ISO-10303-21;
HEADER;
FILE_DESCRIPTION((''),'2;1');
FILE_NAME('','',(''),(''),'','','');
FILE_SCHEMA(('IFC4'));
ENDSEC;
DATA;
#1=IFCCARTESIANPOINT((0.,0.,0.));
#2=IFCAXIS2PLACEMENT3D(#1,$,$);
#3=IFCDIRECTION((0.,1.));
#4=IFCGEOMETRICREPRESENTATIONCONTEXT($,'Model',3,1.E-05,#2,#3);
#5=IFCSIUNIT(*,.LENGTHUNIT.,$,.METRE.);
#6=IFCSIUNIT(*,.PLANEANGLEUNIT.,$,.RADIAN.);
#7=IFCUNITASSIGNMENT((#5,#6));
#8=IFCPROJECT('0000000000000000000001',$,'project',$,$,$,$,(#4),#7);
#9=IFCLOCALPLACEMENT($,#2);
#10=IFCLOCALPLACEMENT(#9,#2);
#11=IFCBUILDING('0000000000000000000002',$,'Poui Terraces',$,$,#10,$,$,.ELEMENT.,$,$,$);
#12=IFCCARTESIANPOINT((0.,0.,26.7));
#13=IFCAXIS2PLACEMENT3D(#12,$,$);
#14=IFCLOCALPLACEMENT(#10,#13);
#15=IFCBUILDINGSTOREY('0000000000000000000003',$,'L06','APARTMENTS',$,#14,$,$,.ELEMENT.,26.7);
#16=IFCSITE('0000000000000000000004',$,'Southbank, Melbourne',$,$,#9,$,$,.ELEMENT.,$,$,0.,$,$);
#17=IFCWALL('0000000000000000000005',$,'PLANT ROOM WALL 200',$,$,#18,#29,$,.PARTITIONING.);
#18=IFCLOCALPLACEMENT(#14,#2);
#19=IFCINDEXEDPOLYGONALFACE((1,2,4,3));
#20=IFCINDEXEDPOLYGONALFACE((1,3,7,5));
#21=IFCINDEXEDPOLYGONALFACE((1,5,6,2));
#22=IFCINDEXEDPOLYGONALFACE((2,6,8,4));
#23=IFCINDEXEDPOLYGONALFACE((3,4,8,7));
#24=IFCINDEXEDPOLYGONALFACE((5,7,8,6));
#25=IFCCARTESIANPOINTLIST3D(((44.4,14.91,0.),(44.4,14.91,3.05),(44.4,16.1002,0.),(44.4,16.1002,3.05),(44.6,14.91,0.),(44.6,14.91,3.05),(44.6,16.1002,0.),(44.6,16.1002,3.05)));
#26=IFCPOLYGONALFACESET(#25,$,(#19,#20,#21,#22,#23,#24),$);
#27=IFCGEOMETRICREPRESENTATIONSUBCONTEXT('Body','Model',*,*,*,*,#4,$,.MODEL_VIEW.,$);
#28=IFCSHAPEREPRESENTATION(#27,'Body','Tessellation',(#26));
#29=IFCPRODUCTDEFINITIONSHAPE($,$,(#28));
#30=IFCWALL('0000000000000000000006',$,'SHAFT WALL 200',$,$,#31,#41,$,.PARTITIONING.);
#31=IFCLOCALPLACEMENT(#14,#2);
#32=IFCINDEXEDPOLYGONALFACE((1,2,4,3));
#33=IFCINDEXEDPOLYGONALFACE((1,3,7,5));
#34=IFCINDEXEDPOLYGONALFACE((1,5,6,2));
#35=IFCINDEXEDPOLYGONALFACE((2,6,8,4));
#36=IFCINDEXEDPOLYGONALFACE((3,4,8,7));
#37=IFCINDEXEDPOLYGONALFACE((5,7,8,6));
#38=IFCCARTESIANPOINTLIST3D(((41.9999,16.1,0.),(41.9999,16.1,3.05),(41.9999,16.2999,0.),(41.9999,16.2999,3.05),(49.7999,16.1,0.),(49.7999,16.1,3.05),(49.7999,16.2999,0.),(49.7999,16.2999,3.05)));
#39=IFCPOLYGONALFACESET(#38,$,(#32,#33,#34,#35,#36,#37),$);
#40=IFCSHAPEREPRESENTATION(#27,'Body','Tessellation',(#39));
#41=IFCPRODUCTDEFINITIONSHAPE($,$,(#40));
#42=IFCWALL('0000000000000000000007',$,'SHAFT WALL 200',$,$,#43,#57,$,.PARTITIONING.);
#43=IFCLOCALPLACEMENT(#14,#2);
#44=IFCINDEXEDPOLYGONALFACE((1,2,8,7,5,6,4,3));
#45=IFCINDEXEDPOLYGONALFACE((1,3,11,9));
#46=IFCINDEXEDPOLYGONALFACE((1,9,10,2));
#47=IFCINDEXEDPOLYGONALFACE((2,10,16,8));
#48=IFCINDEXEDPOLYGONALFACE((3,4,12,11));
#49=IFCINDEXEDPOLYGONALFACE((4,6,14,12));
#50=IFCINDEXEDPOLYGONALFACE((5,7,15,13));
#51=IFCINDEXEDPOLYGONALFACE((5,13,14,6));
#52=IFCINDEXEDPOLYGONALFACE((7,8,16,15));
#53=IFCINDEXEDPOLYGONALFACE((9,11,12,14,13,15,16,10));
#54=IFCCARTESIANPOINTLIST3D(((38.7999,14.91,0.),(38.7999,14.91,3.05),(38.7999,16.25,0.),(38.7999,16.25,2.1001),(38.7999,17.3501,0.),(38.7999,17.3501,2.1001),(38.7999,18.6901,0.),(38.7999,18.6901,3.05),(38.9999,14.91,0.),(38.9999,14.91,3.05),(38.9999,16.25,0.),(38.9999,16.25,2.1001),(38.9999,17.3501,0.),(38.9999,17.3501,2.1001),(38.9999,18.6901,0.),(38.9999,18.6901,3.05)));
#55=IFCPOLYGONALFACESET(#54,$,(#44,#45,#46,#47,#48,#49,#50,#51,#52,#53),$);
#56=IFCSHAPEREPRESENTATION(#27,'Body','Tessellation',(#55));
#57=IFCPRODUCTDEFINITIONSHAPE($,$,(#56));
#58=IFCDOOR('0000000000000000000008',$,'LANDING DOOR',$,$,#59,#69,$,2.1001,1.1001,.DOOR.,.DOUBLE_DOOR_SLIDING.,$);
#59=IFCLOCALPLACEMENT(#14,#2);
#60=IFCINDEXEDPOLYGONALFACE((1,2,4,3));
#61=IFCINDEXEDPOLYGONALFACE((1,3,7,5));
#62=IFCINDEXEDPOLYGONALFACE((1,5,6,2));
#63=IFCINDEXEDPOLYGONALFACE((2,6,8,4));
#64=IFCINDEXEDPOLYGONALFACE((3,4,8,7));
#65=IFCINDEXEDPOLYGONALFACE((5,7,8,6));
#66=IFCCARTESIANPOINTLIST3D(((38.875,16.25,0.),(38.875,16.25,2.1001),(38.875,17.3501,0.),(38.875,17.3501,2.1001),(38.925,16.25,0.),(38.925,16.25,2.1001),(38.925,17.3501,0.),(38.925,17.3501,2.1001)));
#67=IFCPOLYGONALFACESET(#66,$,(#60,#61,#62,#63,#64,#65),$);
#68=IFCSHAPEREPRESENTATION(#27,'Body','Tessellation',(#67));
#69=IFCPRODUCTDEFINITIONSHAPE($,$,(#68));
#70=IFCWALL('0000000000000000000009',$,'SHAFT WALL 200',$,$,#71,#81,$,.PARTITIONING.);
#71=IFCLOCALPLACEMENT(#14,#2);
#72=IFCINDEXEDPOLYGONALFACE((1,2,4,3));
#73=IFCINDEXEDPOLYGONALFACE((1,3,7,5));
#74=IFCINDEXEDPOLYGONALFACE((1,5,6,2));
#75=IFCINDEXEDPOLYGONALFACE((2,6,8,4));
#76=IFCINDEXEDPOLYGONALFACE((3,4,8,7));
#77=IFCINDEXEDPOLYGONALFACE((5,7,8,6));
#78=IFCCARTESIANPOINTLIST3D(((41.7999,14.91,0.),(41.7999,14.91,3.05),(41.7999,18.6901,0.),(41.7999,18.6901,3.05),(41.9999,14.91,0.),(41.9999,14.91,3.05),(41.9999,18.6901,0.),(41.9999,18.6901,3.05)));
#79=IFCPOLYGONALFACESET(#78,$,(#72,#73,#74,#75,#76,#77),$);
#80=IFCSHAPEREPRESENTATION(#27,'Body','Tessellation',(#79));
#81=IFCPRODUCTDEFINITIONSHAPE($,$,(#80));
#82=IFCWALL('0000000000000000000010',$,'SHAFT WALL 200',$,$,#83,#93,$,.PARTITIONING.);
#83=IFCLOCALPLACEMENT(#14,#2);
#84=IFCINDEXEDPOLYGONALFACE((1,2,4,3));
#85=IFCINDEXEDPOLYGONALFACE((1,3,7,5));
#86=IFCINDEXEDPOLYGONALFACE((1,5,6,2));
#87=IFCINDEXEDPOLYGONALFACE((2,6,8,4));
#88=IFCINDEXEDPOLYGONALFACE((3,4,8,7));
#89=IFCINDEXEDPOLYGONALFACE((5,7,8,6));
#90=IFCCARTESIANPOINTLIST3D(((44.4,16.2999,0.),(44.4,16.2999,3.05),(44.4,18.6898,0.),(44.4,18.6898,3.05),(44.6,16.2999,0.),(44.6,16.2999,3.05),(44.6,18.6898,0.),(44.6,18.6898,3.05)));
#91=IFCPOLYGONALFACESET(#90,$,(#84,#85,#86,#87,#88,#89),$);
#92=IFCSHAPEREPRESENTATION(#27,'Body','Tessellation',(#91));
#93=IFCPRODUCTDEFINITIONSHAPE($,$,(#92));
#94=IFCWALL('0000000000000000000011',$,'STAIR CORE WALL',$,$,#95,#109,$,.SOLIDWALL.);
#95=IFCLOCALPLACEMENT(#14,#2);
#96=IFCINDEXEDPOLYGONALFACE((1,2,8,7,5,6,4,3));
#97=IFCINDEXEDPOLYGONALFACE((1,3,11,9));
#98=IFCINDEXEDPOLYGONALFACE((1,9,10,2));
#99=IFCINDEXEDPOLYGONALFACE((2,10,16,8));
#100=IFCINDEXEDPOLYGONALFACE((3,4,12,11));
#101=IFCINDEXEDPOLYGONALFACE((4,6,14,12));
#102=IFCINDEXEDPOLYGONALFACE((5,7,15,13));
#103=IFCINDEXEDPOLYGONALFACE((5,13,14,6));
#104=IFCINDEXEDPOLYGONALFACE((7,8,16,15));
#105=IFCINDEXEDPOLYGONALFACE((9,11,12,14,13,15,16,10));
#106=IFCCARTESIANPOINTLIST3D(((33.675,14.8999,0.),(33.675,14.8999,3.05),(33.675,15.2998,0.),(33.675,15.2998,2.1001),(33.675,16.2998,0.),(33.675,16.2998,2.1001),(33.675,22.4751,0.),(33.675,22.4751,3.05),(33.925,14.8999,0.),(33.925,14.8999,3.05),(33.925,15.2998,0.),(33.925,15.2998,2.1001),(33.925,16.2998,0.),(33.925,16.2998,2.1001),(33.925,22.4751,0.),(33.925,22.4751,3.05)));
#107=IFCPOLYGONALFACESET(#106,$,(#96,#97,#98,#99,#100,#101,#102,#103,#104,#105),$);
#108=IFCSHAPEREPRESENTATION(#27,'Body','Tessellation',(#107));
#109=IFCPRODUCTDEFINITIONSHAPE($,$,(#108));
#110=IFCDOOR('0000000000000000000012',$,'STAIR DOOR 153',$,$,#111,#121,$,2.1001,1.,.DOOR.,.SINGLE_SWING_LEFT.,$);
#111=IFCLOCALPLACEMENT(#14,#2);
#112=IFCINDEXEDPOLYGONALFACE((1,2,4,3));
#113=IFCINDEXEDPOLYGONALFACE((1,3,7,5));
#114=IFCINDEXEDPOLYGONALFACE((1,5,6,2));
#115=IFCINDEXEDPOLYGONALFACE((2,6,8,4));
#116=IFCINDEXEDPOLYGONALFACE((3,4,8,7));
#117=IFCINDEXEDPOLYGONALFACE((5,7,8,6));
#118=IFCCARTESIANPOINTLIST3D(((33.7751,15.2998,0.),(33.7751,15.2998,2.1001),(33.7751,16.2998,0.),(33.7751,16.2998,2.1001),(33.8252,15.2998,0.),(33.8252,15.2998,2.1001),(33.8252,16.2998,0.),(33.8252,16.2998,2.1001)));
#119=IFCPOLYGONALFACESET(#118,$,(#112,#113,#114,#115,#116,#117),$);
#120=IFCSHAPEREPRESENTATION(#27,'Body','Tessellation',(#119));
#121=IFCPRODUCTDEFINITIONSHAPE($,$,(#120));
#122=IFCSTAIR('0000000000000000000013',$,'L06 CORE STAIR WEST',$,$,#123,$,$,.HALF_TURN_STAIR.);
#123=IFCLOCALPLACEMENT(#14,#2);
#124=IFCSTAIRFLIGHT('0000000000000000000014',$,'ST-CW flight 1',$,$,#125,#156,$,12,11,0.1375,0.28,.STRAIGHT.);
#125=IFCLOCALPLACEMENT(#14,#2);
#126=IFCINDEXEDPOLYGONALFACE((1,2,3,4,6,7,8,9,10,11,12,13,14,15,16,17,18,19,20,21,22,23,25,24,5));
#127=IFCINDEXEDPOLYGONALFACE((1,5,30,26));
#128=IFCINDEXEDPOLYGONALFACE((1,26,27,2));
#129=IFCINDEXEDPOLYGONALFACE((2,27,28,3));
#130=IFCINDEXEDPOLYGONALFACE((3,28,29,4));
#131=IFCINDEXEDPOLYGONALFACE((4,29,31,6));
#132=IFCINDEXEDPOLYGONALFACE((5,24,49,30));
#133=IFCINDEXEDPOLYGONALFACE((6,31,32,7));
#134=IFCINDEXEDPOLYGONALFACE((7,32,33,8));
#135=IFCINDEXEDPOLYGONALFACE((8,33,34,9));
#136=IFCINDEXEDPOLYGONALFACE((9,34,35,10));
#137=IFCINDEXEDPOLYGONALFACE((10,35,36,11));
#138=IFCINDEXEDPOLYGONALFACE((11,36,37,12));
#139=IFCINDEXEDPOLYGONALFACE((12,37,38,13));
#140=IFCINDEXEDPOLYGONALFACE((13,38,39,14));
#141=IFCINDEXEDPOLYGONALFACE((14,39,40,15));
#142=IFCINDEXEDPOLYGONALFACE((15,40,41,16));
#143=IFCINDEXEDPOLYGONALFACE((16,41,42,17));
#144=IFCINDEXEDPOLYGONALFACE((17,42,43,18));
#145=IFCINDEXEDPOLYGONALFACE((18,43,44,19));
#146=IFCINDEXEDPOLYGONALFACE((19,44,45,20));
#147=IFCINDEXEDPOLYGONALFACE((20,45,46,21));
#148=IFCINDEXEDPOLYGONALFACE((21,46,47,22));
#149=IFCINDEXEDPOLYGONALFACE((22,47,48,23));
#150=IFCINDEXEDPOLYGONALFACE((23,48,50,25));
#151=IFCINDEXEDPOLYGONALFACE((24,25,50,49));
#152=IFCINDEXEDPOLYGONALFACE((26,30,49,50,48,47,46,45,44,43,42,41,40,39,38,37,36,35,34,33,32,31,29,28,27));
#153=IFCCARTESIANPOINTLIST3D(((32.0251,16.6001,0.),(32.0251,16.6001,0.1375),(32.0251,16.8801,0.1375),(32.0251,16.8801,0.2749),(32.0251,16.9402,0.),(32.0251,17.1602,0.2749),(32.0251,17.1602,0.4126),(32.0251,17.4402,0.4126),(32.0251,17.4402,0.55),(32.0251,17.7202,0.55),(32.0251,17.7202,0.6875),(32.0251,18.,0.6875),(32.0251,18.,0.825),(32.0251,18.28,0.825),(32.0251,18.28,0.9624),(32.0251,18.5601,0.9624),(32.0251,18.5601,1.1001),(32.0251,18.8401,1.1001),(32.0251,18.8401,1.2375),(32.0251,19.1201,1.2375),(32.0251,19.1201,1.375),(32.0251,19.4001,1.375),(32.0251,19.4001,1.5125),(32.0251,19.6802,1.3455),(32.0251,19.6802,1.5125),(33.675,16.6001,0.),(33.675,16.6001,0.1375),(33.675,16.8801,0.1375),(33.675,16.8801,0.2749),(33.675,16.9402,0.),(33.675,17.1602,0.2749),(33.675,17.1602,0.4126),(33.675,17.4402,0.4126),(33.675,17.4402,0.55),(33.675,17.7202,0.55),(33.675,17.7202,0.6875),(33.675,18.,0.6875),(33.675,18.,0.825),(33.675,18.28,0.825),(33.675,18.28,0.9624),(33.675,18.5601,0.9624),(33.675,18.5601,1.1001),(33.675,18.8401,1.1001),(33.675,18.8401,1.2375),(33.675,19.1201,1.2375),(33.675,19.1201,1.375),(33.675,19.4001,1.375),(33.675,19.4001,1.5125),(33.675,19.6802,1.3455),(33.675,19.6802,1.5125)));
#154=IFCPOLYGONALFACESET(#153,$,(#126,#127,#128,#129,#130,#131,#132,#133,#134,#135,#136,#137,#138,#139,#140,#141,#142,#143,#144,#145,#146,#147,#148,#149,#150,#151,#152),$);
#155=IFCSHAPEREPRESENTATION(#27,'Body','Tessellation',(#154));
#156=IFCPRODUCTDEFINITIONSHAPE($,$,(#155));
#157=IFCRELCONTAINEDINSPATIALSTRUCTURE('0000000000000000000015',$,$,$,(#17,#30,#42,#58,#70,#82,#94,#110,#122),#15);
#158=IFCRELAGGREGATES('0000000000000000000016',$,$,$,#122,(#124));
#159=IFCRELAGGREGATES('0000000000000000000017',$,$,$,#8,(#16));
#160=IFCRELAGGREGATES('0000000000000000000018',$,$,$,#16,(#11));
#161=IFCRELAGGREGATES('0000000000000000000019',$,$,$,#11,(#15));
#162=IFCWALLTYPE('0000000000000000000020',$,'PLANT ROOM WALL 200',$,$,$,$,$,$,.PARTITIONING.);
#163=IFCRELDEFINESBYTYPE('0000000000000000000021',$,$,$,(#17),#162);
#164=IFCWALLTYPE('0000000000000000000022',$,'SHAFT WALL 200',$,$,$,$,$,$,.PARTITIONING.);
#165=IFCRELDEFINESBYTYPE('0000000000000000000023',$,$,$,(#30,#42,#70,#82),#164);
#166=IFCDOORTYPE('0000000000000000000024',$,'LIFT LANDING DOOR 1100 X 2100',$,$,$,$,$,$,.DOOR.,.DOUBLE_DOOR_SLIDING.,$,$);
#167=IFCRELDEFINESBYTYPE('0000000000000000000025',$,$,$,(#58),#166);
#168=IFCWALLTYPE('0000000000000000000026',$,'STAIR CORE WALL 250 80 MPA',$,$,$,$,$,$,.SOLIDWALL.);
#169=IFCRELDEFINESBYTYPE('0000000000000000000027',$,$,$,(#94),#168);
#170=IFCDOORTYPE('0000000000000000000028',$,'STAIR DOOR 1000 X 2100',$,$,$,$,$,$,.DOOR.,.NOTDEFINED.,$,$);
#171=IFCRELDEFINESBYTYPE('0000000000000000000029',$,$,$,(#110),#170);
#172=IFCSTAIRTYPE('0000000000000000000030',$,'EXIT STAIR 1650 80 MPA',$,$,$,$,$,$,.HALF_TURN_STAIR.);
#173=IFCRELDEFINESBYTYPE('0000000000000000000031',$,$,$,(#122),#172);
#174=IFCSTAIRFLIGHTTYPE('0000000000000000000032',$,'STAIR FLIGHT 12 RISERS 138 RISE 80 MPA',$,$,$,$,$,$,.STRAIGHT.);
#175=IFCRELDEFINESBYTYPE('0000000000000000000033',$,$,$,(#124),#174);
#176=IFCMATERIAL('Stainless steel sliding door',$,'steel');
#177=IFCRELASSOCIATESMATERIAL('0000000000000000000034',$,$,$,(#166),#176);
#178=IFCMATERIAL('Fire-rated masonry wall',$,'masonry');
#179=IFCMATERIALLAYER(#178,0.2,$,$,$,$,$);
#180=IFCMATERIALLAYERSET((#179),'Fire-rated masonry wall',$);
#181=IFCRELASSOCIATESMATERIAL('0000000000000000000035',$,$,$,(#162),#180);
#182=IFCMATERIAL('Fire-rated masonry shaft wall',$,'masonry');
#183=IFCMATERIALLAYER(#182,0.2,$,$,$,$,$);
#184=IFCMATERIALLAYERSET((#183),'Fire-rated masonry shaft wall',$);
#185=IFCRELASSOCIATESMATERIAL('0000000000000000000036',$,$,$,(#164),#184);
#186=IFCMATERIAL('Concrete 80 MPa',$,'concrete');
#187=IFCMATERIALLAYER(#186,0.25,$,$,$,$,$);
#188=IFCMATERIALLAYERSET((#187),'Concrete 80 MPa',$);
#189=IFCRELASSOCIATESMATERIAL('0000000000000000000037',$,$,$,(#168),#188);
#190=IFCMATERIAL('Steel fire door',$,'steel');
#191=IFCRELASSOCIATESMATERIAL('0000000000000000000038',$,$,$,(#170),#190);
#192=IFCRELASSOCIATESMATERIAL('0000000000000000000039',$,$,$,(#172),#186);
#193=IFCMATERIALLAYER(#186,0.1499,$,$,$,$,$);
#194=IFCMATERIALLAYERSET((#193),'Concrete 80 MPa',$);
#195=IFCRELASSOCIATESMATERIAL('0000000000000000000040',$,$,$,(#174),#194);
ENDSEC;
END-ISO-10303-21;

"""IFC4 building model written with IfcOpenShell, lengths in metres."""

from ifc_helpers import new_model, si_unit, direction, frame, frame_2d, origin, place, context, subcontext, project, spatial, polyline, rectangle, outline, extrude, material, layer, layer_set, type_object, element, fill, aggregate, save


model = new_model("IFC4")

# Units and contexts
model_context = context("Model", 3, precision=1e-05, world=origin(), true_north=direction((0.0, 1.0)))
body_context = subcontext(model_context, "Body", "Model", "MODEL_VIEW")
ifc_project = project(units=[si_unit("LENGTHUNIT", "METRE"), si_unit("PLANEANGLEUNIT", "RADIAN")], contexts=[model_context])

# Site, building, storey
site_placement = place(None, origin())
site = spatial("IfcSite", under=ifc_project, at=site_placement, Name="Southbank, Melbourne", CompositionType="ELEMENT", RefElevation=0.0)
building_placement = place(site_placement, origin())
building = spatial("IfcBuilding", under=site, at=building_placement, Name="Poui Terraces", CompositionType="ELEMENT")
storey_placement = place(building_placement, frame((0.0, 0.0, 26.7)))
storey = spatial("IfcBuildingStorey", under=building, at=storey_placement, Name="L06", Description="APARTMENTS", CompositionType="ELEMENT", Elevation=26.7)

# Shared definitions
ifc_material_1 = material(Name="Concrete 80 MPa", Category="concrete")
ifc_material_2 = material(Name="Steel fire door", Category="steel")
ifc_material_3 = material(Name="Stainless steel sliding door", Category="steel")
door_type_1 = type_object("IfcDoorType", Name="LIFT LANDING DOOR 1100 X 2100", OperationType="DOUBLE_DOOR_SLIDING", PredefinedType="DOOR", material=ifc_material_3)

# Walls
ifc_material_4 = material(Name="Fire-rated masonry wall", Category="masonry")
ifc_layer_1 = layer(ifc_material_4, 0.2)
ifc_layer_set_1 = layer_set([ifc_layer_1], Name="Fire-rated masonry wall")
wall_type_1 = type_object("IfcWallType", Name="PLANT ROOM WALL 200", PredefinedType="PARTITIONING", material=ifc_layer_set_1)
wall_1_placement = place(storey_placement, frame((44.5, 14.9099, 0.0), z_axis=(0.0, 0.0, 1.0), x_axis=(0.0, 1.0, 0.0)))
element("IfcWall", 1, at=wall_1_placement, inside=storey, type_object=wall_type_1, Name="PLANT ROOM WALL 200", PredefinedType="PARTITIONING", context=body_context, shape_type="SweptSolid", body=[
    extrude(rectangle(XDim=1.1902, YDim=0.2, at=frame_2d((0.5952, 0.0))), origin(), (0.0, 0.0, 1.0), 3.05),
])
ifc_material_5 = material(Name="Fire-rated masonry shaft wall", Category="masonry")
ifc_layer_2 = layer(ifc_material_5, 0.2)
ifc_layer_set_2 = layer_set([ifc_layer_2], Name="Fire-rated masonry shaft wall")
wall_type_2 = type_object("IfcWallType", Name="SHAFT WALL 200", PredefinedType="PARTITIONING", material=ifc_layer_set_2)
wall_2_placement = place(storey_placement, frame((42.0, 16.2, 0.0), z_axis=(0.0, 0.0, 1.0), x_axis=(1.0, 0.0, 0.0)))
element("IfcWall", 2, at=wall_2_placement, inside=storey, type_object=wall_type_2, Name="SHAFT WALL 200", PredefinedType="PARTITIONING", context=body_context, shape_type="SweptSolid", body=[
    extrude(rectangle(XDim=7.8, YDim=0.2, at=frame_2d((3.8999, 0.0))), origin(), (0.0, 0.0, 1.0), 3.05),
])

# Wall, opening, door
wall_3_placement = place(storey_placement, frame((38.8999, 14.9099, 0.0), z_axis=(0.0, 0.0, 1.0), x_axis=(0.0, 1.0, 0.0)))
wall_3 = element("IfcWall", 3, at=wall_3_placement, inside=storey, type_object=wall_type_2, Name="SHAFT WALL 200", PredefinedType="PARTITIONING", context=body_context, shape_type="SweptSolid", body=[
    extrude(rectangle(XDim=3.78, YDim=0.2, at=frame_2d((1.8901, 0.0))), origin(), (0.0, 0.0, 1.0), 3.05),
])
opening_1_placement = place(wall_3_placement, frame((1.3401, 0.0, 0.0)))
opening_1 = element("IfcOpeningElement", 4, at=opening_1_placement, cuts=wall_3, PredefinedType="OPENING", context=body_context, shape_type="SweptSolid", body=[
    extrude(rectangle(XDim=1.1001, YDim=2.1001, at=frame_2d((0.55, 1.05))), frame((0.0, 0.1099, 0.0), z_axis=(0.0, -1.0, 0.0), x_axis=(1.0, 0.0, 0.0)), (0.0, 0.0, 1.0), 0.22),
])
door_1_placement = place(opening_1_placement, origin())
door_1 = element("IfcDoor", 5, at=door_1_placement, inside=storey, type_object=door_type_1, Name="LANDING DOOR", OperationType="DOUBLE_DOOR_SLIDING", OverallHeight=2.1001, OverallWidth=1.1001, PredefinedType="DOOR", context=body_context, shape_type="SweptSolid", body=[
    extrude(rectangle(XDim=1.1001, YDim=2.1001, at=frame_2d((0.55, 1.05))), frame((0.0, 0.0249, 0.0), z_axis=(0.0, -1.0, 0.0), x_axis=(1.0, 0.0, 0.0)), (0.0, 0.0, 1.0), 0.05),
])
fill(opening_1, door_1)

# Walls
wall_4_placement = place(storey_placement, frame((41.8999, 14.9099, 0.0), z_axis=(0.0, 0.0, 1.0), x_axis=(0.0, 1.0, 0.0)))
element("IfcWall", 6, at=wall_4_placement, inside=storey, type_object=wall_type_2, Name="SHAFT WALL 200", PredefinedType="PARTITIONING", context=body_context, shape_type="SweptSolid", body=[
    extrude(rectangle(XDim=3.78, YDim=0.2, at=frame_2d((1.8901, 0.0))), origin(), (0.0, 0.0, 1.0), 3.05),
])
wall_5_placement = place(storey_placement, frame((44.5, 16.3, 0.0), z_axis=(0.0, 0.0, 1.0), x_axis=(0.0, 1.0, 0.0)))
element("IfcWall", 7, at=wall_5_placement, inside=storey, type_object=wall_type_2, Name="SHAFT WALL 200", PredefinedType="PARTITIONING", context=body_context, shape_type="SweptSolid", body=[
    extrude(rectangle(XDim=2.3899, YDim=0.2, at=frame_2d((1.1948, 0.0))), origin(), (0.0, 0.0, 1.0), 3.05),
])

# Wall, opening, door
ifc_layer_3 = layer(ifc_material_1, 0.25)
ifc_layer_set_3 = layer_set([ifc_layer_3], Name="Concrete 80 MPa")
wall_type_3 = type_object("IfcWallType", Name="STAIR CORE WALL 250 80 MPA", PredefinedType="SOLIDWALL", material=ifc_layer_set_3)
wall_6_placement = place(storey_placement, frame((33.8, 14.8999, 0.0), z_axis=(0.0, 0.0, 1.0), x_axis=(0.0, 1.0, 0.0)))
wall_6 = element("IfcWall", 8, at=wall_6_placement, inside=storey, type_object=wall_type_3, Name="STAIR CORE WALL", PredefinedType="SOLIDWALL", context=body_context, shape_type="SweptSolid", body=[
    extrude(rectangle(XDim=7.5752, YDim=0.25, at=frame_2d((3.7876, 0.0))), origin(), (0.0, 0.0, 1.0), 3.05),
])
opening_2_placement = place(wall_6_placement, frame((0.3999, 0.0, 0.0)))
opening_2 = element("IfcOpeningElement", 9, at=opening_2_placement, cuts=wall_6, PredefinedType="OPENING", context=body_context, shape_type="SweptSolid", body=[
    extrude(rectangle(XDim=1.0, YDim=2.1001, at=frame_2d((0.5, 1.05))), frame((0.0, 0.135, 0.0), z_axis=(0.0, -1.0, 0.0), x_axis=(1.0, 0.0, 0.0)), (0.0, 0.0, 1.0), 0.27),
])
door_type_2 = type_object("IfcDoorType", Name="STAIR DOOR 1000 X 2100", OperationType="NOTDEFINED", PredefinedType="DOOR", material=ifc_material_2)
door_2_placement = place(opening_2_placement, origin())
door_2 = element("IfcDoor", 10, at=door_2_placement, inside=storey, type_object=door_type_2, Name="STAIR DOOR 153", OperationType="SINGLE_SWING_LEFT", OverallHeight=2.1001, OverallWidth=1.0, PredefinedType="DOOR", context=body_context, shape_type="SweptSolid", body=[
    extrude(rectangle(XDim=1.0, YDim=2.1001, at=frame_2d((0.5, 1.05))), frame((0.0, 0.0249, 0.0), z_axis=(0.0, -1.0, 0.0), x_axis=(1.0, 0.0, 0.0)), (0.0, 0.0, 1.0), 0.05),
])
fill(opening_2, door_2)

# Stair, stair flight
stair_type = type_object("IfcStairType", Name="EXIT STAIR 1650 80 MPA", PredefinedType="HALF_TURN_STAIR", material=ifc_material_1)
stair_placement = place(storey_placement, origin())
stair = element("IfcStair", 11, at=stair_placement, inside=storey, type_object=stair_type, Name="L06 CORE STAIR WEST", PredefinedType="HALF_TURN_STAIR")
ifc_layer_4 = layer(ifc_material_1, 0.1499)
ifc_layer_set_4 = layer_set([ifc_layer_4], Name="Concrete 80 MPa")
stair_flight_type = type_object("IfcStairFlightType", Name="STAIR FLIGHT 12 RISERS 138 RISE 80 MPA", PredefinedType="STRAIGHT", material=ifc_layer_set_4)
stair_flight_1_placement = place(storey_placement, frame((32.8501, 16.6001, 0.0), z_axis=(0.0, 0.0, 1.0), x_axis=(0.0, 1.0, 0.0)))
stair_flight_1 = element("IfcStairFlight", 12, at=stair_flight_1_placement, type_object=stair_flight_type, Name="ST-CW flight 1", NumberOfRisers=12, NumberOfTreads=11, PredefinedType="STRAIGHT", RiserHeight=0.1375, TreadLength=0.28, context=body_context, shape_type="SweptSolid", body=[
    extrude(outline(polyline([(0.0, 0.0), (0.0, 0.1375), (0.28, 0.1375), (0.28, 0.2749), (0.5601, 0.2749), (0.5601, 0.4126), (0.8401, 0.4126), (0.8401, 0.55), (1.1201, 0.55), (1.1201, 0.6875), (1.3999, 0.6875), (1.3999, 0.825), (1.6799, 0.825), (1.6799, 0.9624), (1.96, 0.9624), (1.96, 1.1001), (2.24, 1.1001), (2.24, 1.2375), (2.52, 1.2375), (2.52, 1.375), (2.8, 1.375), (2.8, 1.5125), (3.0801, 1.5125), (3.0801, 1.6499), (3.0801, 1.3455), (0.3401, 0.0), (0.0, 0.0)])), frame((0.0, 0.825, 0.0), z_axis=(0.0, -1.0, 0.0), x_axis=(1.0, 0.0, 0.0)), (0.0, 0.0, 1.0), 1.6499),
])
aggregate(stair, [stair_flight_1])

save(model, "model.ifc")
